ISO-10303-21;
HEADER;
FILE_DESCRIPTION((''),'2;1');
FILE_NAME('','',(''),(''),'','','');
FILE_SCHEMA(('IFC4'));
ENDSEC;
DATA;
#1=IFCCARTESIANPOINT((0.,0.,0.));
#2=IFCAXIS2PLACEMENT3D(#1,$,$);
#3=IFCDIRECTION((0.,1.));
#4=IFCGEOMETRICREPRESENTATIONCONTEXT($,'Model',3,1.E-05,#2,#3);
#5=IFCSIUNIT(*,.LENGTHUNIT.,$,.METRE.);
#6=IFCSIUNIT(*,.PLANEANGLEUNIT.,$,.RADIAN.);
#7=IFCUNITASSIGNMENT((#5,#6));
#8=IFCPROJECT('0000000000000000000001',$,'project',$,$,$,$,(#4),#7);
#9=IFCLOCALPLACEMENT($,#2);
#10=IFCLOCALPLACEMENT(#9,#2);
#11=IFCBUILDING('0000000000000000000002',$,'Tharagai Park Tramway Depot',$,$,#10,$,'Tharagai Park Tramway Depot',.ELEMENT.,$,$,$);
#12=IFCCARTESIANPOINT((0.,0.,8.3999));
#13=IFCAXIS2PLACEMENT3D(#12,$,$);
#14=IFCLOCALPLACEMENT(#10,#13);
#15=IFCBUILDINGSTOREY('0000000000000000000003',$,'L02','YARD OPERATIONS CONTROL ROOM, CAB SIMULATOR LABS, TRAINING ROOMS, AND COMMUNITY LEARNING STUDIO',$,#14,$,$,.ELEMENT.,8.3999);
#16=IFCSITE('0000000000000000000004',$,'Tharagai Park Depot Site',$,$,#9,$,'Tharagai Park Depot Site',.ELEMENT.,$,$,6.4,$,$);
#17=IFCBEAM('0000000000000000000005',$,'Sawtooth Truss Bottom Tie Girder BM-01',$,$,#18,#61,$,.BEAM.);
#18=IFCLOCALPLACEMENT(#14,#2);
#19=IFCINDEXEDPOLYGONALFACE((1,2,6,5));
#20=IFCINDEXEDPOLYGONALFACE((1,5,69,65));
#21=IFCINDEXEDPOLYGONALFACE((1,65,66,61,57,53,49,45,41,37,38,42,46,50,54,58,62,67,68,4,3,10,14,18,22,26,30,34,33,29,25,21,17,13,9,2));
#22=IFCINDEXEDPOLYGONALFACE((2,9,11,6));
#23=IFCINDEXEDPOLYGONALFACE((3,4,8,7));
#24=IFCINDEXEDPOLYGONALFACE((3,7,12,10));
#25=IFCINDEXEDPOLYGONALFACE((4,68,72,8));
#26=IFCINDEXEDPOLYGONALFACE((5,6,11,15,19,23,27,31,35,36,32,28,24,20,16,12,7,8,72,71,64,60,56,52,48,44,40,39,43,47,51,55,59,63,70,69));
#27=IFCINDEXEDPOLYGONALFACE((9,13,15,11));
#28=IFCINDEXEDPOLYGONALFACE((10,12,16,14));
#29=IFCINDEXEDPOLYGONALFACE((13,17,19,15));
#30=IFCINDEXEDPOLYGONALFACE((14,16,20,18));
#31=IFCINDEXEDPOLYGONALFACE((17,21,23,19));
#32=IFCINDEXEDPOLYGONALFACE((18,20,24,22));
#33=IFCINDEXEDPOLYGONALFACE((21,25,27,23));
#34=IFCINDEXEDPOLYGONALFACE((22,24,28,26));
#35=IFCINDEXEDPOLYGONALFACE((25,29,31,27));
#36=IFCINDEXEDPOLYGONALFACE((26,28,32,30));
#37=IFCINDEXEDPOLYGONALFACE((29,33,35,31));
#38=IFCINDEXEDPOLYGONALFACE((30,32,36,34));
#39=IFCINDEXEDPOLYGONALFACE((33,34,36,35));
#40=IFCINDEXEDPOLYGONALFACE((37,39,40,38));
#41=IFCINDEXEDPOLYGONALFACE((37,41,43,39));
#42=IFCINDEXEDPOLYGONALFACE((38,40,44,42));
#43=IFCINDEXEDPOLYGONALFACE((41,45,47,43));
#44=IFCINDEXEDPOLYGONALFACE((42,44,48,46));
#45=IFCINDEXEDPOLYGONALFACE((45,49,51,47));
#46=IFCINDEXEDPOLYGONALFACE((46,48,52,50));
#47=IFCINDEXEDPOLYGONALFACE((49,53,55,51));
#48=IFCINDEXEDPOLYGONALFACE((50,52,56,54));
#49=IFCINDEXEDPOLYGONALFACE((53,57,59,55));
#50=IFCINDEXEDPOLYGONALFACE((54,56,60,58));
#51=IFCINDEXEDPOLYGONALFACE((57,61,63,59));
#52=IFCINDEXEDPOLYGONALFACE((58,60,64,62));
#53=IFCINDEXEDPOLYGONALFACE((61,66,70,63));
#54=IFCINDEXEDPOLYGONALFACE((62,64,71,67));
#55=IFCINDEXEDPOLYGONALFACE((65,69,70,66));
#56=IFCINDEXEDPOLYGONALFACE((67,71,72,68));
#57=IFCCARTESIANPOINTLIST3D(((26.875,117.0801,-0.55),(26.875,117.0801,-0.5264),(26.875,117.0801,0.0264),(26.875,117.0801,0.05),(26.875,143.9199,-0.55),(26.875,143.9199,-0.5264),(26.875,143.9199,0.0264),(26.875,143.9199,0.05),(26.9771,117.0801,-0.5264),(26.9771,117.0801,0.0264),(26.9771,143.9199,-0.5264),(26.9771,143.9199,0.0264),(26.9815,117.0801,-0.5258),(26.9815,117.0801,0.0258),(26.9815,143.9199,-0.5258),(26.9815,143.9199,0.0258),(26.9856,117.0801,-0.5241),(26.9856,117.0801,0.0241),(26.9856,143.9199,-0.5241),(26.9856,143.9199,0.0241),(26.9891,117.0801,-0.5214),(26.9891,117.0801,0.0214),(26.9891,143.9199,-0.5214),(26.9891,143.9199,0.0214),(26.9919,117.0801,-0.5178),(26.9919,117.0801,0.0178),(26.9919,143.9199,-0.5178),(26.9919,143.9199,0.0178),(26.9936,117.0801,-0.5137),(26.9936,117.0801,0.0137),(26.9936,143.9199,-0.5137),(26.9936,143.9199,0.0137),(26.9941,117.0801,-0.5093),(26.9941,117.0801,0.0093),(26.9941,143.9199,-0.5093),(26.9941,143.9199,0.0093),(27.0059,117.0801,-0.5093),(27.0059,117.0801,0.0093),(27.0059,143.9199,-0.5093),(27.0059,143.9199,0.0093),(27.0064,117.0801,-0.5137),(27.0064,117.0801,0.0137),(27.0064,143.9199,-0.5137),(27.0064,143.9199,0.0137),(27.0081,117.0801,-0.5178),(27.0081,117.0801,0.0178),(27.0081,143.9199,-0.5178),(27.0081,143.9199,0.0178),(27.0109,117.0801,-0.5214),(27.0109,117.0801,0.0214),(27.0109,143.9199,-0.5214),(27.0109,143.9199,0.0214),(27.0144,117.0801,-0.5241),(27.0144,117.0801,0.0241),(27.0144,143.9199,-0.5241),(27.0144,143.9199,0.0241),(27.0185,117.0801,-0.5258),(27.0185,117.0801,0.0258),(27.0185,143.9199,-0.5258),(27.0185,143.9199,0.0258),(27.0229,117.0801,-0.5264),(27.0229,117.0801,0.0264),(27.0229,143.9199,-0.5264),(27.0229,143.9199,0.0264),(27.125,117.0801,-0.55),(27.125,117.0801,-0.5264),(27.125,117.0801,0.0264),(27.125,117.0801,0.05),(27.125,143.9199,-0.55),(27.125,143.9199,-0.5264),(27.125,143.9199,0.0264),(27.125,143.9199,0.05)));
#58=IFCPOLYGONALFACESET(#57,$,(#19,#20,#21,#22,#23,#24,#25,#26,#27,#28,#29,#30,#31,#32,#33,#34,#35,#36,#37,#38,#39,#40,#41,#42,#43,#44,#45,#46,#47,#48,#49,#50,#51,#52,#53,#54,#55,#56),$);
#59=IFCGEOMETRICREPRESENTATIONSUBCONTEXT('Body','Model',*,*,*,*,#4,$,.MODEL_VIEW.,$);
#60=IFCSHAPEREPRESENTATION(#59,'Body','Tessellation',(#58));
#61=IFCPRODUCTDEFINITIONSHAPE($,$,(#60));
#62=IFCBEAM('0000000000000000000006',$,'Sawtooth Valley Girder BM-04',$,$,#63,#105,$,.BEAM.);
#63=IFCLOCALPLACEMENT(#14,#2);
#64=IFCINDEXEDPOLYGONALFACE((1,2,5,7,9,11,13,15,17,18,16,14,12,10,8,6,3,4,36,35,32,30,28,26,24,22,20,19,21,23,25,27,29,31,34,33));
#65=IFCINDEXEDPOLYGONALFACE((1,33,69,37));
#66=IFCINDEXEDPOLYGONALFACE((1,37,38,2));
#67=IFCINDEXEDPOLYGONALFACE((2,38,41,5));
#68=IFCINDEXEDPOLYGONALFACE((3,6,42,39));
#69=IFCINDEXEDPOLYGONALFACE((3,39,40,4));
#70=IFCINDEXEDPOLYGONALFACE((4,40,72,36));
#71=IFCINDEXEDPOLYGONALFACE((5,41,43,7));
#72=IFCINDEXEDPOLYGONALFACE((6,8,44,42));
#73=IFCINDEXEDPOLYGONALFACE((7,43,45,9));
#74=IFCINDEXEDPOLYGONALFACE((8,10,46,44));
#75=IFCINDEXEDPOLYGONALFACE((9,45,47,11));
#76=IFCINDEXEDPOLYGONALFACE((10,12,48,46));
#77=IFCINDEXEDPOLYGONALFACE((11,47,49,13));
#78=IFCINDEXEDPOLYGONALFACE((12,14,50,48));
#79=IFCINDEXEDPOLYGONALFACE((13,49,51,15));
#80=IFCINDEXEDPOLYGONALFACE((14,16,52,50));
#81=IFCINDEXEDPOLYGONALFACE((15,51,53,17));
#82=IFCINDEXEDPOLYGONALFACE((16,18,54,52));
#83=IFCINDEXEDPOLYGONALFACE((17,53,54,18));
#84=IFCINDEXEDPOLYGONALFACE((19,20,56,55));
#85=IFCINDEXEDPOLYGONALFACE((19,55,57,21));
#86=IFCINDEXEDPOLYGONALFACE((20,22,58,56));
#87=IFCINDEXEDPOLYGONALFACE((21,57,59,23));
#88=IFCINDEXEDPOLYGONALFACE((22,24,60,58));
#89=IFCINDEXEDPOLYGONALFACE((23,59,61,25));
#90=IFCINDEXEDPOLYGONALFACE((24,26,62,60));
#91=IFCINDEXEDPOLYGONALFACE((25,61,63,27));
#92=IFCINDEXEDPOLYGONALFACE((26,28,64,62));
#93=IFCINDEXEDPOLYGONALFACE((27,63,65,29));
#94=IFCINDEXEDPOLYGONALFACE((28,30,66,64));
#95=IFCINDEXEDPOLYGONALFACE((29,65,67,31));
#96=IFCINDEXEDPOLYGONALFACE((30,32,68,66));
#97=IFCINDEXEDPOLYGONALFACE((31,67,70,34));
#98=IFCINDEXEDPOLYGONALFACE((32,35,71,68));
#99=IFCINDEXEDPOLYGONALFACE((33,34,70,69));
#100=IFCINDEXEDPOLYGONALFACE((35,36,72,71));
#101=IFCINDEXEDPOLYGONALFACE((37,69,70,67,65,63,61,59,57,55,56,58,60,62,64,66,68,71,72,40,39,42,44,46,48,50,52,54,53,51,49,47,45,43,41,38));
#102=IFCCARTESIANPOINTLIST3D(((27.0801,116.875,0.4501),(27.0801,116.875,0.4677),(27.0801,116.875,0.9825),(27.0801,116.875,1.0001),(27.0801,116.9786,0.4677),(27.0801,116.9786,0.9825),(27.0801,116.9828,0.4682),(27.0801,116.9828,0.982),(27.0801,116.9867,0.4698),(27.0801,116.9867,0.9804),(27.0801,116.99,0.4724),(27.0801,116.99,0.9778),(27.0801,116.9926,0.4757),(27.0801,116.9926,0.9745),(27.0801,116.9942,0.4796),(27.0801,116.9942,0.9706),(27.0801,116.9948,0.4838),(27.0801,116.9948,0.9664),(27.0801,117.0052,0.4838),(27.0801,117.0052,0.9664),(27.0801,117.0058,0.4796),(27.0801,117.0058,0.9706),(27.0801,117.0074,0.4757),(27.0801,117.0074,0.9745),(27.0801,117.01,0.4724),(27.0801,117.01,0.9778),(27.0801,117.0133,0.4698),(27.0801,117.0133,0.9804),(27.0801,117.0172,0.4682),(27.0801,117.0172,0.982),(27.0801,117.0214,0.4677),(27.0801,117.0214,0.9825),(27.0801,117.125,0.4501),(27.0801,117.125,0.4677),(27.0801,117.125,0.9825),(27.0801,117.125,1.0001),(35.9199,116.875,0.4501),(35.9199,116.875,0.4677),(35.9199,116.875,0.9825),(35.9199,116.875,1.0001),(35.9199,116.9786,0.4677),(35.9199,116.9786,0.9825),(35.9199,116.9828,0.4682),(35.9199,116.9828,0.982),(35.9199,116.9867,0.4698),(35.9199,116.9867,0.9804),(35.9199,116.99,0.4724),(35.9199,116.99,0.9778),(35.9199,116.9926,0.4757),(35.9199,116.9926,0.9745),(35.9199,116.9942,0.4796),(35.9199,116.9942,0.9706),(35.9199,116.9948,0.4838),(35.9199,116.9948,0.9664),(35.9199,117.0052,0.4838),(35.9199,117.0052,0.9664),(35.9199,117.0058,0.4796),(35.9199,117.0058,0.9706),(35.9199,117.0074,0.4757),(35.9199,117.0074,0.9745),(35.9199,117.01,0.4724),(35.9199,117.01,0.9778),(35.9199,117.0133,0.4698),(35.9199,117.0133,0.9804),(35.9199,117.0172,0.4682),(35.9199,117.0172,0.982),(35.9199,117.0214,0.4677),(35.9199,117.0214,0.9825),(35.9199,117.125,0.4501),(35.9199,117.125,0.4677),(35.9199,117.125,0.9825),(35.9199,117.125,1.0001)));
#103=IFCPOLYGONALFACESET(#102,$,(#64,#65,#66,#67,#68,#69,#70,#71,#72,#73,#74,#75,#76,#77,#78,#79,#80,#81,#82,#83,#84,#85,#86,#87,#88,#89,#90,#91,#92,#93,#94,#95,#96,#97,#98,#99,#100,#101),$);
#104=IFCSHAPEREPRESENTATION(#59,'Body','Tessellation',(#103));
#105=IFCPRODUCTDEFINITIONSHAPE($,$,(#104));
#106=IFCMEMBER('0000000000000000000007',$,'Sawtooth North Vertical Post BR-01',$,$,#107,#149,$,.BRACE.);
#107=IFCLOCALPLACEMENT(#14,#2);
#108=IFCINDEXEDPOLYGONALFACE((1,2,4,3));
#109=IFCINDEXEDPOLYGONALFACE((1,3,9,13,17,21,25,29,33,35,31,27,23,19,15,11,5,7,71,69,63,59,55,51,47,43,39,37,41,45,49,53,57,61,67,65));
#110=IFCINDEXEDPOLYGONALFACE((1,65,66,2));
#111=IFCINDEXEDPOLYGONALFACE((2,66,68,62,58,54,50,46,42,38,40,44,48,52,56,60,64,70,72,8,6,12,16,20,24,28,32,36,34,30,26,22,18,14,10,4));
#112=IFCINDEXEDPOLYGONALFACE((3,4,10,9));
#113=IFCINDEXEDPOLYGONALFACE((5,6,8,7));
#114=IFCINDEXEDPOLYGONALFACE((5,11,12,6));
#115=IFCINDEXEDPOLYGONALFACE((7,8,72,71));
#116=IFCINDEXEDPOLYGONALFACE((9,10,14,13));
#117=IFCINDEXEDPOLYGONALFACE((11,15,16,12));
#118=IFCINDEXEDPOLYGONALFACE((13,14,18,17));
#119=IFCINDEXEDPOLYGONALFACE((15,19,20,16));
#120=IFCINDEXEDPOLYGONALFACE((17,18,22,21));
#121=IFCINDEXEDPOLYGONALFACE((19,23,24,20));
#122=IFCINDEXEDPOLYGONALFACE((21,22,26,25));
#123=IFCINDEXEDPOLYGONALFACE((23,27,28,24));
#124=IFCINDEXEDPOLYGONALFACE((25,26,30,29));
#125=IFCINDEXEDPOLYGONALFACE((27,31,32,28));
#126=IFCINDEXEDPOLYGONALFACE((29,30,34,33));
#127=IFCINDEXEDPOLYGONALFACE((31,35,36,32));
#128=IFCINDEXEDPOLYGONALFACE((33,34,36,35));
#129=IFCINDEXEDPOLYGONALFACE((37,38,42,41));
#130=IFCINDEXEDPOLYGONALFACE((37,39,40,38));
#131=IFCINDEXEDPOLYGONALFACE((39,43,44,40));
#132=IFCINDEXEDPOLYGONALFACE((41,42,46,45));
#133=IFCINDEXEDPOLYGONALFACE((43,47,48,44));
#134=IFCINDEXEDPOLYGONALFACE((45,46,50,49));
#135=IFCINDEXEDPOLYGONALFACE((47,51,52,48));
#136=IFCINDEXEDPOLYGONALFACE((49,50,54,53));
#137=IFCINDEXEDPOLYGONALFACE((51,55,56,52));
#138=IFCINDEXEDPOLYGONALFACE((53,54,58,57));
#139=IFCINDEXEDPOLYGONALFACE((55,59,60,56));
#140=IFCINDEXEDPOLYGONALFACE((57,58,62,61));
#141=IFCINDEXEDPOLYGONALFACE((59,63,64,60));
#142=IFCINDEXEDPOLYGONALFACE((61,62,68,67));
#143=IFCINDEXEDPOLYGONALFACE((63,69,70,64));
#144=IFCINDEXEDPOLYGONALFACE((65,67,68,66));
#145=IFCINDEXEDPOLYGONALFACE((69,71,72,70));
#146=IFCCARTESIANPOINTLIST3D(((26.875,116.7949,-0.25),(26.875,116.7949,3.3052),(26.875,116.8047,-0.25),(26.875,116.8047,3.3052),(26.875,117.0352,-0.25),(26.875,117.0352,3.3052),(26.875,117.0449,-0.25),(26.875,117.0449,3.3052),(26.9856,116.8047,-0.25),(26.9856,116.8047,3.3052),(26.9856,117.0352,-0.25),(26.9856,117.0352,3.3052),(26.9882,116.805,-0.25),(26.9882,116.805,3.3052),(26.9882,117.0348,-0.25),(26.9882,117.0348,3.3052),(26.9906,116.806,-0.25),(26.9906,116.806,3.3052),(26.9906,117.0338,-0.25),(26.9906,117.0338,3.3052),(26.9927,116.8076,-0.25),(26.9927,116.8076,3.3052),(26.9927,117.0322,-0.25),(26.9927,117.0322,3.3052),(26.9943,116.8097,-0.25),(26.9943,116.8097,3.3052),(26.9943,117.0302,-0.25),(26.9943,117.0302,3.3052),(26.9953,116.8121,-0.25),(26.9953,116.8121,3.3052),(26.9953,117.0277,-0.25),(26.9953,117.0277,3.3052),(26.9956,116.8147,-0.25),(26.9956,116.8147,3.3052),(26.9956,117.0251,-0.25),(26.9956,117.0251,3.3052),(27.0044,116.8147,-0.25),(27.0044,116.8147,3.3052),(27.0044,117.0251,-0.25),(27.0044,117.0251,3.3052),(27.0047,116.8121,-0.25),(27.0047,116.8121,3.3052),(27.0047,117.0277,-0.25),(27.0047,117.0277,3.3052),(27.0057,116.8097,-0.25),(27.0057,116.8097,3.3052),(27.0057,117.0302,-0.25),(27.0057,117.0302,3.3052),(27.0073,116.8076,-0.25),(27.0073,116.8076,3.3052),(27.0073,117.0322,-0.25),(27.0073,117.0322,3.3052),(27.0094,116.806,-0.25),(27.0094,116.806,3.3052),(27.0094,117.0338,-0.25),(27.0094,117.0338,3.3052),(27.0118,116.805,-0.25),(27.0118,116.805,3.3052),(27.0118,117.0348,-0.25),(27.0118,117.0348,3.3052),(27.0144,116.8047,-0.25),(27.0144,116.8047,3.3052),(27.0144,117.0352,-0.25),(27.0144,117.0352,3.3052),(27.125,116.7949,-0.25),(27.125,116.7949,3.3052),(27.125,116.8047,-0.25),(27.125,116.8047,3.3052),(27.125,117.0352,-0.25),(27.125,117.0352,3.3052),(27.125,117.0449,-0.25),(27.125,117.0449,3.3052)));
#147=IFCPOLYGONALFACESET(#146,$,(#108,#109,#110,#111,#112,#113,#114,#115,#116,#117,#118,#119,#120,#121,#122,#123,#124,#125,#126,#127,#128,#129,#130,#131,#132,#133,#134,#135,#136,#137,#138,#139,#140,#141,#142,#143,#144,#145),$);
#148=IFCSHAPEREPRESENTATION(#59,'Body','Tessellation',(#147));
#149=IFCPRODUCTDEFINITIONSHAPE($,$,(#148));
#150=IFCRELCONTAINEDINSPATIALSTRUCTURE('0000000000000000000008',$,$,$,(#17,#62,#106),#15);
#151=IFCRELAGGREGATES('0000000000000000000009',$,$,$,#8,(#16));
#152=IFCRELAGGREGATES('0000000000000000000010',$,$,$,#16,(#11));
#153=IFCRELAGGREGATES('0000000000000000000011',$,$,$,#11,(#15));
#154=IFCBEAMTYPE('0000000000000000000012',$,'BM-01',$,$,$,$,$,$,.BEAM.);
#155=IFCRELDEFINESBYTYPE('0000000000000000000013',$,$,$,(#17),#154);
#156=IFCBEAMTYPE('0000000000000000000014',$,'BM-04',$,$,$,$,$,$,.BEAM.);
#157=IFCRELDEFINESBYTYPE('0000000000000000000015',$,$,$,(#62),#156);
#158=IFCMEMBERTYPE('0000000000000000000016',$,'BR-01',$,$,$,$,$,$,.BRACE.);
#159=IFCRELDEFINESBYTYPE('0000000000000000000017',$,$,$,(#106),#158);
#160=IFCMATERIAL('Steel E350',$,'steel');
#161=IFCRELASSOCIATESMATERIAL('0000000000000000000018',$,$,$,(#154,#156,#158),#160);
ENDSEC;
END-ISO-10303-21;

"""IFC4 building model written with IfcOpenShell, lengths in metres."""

from ifc_helpers import new_model, si_unit, direction, frame, origin, origin_2d, place, context, subcontext, project, spatial, i_section, extrude, material, material_profile, profile_set, type_object, element, save


model = new_model("IFC4")

# Units and contexts
model_context = context("Model", 3, precision=1e-05, world=origin(), true_north=direction((0.0, 1.0)))
body_context = subcontext(model_context, "Body", "Model", "MODEL_VIEW")
ifc_project = project(units=[si_unit("LENGTHUNIT", "METRE"), si_unit("PLANEANGLEUNIT", "RADIAN")], contexts=[model_context])

# Site, building, storey
site_placement = place(None, origin())
site = spatial("IfcSite", under=ifc_project, at=site_placement, Name="Tharagai Park Depot Site", LongName="Tharagai Park Depot Site", CompositionType="ELEMENT", RefElevation=6.4)
building_placement = place(site_placement, origin())
building = spatial("IfcBuilding", under=site, at=building_placement, Name="Tharagai Park Tramway Depot", LongName="Tharagai Park Tramway Depot", CompositionType="ELEMENT")
storey_placement = place(building_placement, frame((0.0, 0.0, 8.3999)))
storey = spatial("IfcBuildingStorey", under=building, at=storey_placement, Name="L02", Description="YARD OPERATIONS CONTROL ROOM, CAB SIMULATOR LABS, TRAINING ROOMS, AND COMMUNITY LEARNING STUDIO", CompositionType="ELEMENT", Elevation=8.3999)

# Beams
ifc_material_1 = material(Name="Steel E350", Category="steel")
ifc_material_profile_1 = material_profile(ifc_material_1, i_section(OverallWidth=0.25, OverallDepth=0.6001, WebThickness=0.0117, FlangeThickness=0.0237, FilletRadius=0.0171, at=origin_2d()), Name="ISWB 600")
ifc_profile_set_1 = profile_set([ifc_material_profile_1], Name="Steel E350")
beam_type_1 = type_object("IfcBeamType", Name="BM-01", PredefinedType="BEAM", material=ifc_profile_set_1)
beam_1_placement = place(storey_placement, frame((27.0, 117.0801, -0.25), z_axis=(0.0, 1.0, 0.0), x_axis=(-1.0, 0.0, 0.0)))
element("IfcBeam", 1, at=beam_1_placement, inside=storey, type_object=beam_type_1, Name="Sawtooth Truss Bottom Tie Girder BM-01", PredefinedType="BEAM", context=body_context, shape_type="SweptSolid", body=[
    extrude(i_section(OverallWidth=0.25, OverallDepth=0.6001, WebThickness=0.0117, FlangeThickness=0.0237, FilletRadius=0.0171, at=origin_2d()), origin(), (0.0, 0.0, 1.0), 26.8398),
])
ifc_material_profile_2 = material_profile(ifc_material_1, i_section(OverallWidth=0.25, OverallDepth=0.55, WebThickness=0.0105, FlangeThickness=0.0176, FilletRadius=0.0161, at=origin_2d()), Name="ISWB 550")
ifc_profile_set_2 = profile_set([ifc_material_profile_2], Name="Steel E350")
beam_type_2 = type_object("IfcBeamType", Name="BM-04", PredefinedType="BEAM", material=ifc_profile_set_2)
beam_2_placement = place(storey_placement, frame((27.0801, 117.0, 0.7251), z_axis=(1.0, 0.0, 0.0), x_axis=(0.0, 1.0, 0.0)))
element("IfcBeam", 2, at=beam_2_placement, inside=storey, type_object=beam_type_2, Name="Sawtooth Valley Girder BM-04", PredefinedType="BEAM", context=body_context, shape_type="SweptSolid", body=[
    extrude(i_section(OverallWidth=0.25, OverallDepth=0.55, WebThickness=0.0105, FlangeThickness=0.0176, FilletRadius=0.0161, at=origin_2d()), origin(), (0.0, 0.0, 1.0), 8.8398),
])

# Member
ifc_material_profile_3 = material_profile(ifc_material_1, i_section(OverallWidth=0.25, OverallDepth=0.25, WebThickness=0.0088, FlangeThickness=0.0098, FilletRadius=0.01, at=origin_2d()), Name="ISHB 250")
ifc_profile_set_3 = profile_set([ifc_material_profile_3], Name="Steel E350")
member_type_1 = type_object("IfcMemberType", Name="BR-01", PredefinedType="BRACE", material=ifc_profile_set_3)
member_1_placement = place(storey_placement, frame((27.0, 116.9199, -0.25), z_axis=(0.0, 0.0, 1.0), x_axis=(1.0, 0.0, 0.0)))
element("IfcMember", 3, at=member_1_placement, inside=storey, type_object=member_type_1, Name="Sawtooth North Vertical Post BR-01", PredefinedType="BRACE", context=body_context, shape_type="SweptSolid", body=[
    extrude(i_section(OverallWidth=0.25, OverallDepth=0.25, WebThickness=0.0088, FlangeThickness=0.0098, FilletRadius=0.01, at=origin_2d()), origin(), (0.0, 0.0, 1.0), 3.5552),
])

save(model, "model.ifc")
